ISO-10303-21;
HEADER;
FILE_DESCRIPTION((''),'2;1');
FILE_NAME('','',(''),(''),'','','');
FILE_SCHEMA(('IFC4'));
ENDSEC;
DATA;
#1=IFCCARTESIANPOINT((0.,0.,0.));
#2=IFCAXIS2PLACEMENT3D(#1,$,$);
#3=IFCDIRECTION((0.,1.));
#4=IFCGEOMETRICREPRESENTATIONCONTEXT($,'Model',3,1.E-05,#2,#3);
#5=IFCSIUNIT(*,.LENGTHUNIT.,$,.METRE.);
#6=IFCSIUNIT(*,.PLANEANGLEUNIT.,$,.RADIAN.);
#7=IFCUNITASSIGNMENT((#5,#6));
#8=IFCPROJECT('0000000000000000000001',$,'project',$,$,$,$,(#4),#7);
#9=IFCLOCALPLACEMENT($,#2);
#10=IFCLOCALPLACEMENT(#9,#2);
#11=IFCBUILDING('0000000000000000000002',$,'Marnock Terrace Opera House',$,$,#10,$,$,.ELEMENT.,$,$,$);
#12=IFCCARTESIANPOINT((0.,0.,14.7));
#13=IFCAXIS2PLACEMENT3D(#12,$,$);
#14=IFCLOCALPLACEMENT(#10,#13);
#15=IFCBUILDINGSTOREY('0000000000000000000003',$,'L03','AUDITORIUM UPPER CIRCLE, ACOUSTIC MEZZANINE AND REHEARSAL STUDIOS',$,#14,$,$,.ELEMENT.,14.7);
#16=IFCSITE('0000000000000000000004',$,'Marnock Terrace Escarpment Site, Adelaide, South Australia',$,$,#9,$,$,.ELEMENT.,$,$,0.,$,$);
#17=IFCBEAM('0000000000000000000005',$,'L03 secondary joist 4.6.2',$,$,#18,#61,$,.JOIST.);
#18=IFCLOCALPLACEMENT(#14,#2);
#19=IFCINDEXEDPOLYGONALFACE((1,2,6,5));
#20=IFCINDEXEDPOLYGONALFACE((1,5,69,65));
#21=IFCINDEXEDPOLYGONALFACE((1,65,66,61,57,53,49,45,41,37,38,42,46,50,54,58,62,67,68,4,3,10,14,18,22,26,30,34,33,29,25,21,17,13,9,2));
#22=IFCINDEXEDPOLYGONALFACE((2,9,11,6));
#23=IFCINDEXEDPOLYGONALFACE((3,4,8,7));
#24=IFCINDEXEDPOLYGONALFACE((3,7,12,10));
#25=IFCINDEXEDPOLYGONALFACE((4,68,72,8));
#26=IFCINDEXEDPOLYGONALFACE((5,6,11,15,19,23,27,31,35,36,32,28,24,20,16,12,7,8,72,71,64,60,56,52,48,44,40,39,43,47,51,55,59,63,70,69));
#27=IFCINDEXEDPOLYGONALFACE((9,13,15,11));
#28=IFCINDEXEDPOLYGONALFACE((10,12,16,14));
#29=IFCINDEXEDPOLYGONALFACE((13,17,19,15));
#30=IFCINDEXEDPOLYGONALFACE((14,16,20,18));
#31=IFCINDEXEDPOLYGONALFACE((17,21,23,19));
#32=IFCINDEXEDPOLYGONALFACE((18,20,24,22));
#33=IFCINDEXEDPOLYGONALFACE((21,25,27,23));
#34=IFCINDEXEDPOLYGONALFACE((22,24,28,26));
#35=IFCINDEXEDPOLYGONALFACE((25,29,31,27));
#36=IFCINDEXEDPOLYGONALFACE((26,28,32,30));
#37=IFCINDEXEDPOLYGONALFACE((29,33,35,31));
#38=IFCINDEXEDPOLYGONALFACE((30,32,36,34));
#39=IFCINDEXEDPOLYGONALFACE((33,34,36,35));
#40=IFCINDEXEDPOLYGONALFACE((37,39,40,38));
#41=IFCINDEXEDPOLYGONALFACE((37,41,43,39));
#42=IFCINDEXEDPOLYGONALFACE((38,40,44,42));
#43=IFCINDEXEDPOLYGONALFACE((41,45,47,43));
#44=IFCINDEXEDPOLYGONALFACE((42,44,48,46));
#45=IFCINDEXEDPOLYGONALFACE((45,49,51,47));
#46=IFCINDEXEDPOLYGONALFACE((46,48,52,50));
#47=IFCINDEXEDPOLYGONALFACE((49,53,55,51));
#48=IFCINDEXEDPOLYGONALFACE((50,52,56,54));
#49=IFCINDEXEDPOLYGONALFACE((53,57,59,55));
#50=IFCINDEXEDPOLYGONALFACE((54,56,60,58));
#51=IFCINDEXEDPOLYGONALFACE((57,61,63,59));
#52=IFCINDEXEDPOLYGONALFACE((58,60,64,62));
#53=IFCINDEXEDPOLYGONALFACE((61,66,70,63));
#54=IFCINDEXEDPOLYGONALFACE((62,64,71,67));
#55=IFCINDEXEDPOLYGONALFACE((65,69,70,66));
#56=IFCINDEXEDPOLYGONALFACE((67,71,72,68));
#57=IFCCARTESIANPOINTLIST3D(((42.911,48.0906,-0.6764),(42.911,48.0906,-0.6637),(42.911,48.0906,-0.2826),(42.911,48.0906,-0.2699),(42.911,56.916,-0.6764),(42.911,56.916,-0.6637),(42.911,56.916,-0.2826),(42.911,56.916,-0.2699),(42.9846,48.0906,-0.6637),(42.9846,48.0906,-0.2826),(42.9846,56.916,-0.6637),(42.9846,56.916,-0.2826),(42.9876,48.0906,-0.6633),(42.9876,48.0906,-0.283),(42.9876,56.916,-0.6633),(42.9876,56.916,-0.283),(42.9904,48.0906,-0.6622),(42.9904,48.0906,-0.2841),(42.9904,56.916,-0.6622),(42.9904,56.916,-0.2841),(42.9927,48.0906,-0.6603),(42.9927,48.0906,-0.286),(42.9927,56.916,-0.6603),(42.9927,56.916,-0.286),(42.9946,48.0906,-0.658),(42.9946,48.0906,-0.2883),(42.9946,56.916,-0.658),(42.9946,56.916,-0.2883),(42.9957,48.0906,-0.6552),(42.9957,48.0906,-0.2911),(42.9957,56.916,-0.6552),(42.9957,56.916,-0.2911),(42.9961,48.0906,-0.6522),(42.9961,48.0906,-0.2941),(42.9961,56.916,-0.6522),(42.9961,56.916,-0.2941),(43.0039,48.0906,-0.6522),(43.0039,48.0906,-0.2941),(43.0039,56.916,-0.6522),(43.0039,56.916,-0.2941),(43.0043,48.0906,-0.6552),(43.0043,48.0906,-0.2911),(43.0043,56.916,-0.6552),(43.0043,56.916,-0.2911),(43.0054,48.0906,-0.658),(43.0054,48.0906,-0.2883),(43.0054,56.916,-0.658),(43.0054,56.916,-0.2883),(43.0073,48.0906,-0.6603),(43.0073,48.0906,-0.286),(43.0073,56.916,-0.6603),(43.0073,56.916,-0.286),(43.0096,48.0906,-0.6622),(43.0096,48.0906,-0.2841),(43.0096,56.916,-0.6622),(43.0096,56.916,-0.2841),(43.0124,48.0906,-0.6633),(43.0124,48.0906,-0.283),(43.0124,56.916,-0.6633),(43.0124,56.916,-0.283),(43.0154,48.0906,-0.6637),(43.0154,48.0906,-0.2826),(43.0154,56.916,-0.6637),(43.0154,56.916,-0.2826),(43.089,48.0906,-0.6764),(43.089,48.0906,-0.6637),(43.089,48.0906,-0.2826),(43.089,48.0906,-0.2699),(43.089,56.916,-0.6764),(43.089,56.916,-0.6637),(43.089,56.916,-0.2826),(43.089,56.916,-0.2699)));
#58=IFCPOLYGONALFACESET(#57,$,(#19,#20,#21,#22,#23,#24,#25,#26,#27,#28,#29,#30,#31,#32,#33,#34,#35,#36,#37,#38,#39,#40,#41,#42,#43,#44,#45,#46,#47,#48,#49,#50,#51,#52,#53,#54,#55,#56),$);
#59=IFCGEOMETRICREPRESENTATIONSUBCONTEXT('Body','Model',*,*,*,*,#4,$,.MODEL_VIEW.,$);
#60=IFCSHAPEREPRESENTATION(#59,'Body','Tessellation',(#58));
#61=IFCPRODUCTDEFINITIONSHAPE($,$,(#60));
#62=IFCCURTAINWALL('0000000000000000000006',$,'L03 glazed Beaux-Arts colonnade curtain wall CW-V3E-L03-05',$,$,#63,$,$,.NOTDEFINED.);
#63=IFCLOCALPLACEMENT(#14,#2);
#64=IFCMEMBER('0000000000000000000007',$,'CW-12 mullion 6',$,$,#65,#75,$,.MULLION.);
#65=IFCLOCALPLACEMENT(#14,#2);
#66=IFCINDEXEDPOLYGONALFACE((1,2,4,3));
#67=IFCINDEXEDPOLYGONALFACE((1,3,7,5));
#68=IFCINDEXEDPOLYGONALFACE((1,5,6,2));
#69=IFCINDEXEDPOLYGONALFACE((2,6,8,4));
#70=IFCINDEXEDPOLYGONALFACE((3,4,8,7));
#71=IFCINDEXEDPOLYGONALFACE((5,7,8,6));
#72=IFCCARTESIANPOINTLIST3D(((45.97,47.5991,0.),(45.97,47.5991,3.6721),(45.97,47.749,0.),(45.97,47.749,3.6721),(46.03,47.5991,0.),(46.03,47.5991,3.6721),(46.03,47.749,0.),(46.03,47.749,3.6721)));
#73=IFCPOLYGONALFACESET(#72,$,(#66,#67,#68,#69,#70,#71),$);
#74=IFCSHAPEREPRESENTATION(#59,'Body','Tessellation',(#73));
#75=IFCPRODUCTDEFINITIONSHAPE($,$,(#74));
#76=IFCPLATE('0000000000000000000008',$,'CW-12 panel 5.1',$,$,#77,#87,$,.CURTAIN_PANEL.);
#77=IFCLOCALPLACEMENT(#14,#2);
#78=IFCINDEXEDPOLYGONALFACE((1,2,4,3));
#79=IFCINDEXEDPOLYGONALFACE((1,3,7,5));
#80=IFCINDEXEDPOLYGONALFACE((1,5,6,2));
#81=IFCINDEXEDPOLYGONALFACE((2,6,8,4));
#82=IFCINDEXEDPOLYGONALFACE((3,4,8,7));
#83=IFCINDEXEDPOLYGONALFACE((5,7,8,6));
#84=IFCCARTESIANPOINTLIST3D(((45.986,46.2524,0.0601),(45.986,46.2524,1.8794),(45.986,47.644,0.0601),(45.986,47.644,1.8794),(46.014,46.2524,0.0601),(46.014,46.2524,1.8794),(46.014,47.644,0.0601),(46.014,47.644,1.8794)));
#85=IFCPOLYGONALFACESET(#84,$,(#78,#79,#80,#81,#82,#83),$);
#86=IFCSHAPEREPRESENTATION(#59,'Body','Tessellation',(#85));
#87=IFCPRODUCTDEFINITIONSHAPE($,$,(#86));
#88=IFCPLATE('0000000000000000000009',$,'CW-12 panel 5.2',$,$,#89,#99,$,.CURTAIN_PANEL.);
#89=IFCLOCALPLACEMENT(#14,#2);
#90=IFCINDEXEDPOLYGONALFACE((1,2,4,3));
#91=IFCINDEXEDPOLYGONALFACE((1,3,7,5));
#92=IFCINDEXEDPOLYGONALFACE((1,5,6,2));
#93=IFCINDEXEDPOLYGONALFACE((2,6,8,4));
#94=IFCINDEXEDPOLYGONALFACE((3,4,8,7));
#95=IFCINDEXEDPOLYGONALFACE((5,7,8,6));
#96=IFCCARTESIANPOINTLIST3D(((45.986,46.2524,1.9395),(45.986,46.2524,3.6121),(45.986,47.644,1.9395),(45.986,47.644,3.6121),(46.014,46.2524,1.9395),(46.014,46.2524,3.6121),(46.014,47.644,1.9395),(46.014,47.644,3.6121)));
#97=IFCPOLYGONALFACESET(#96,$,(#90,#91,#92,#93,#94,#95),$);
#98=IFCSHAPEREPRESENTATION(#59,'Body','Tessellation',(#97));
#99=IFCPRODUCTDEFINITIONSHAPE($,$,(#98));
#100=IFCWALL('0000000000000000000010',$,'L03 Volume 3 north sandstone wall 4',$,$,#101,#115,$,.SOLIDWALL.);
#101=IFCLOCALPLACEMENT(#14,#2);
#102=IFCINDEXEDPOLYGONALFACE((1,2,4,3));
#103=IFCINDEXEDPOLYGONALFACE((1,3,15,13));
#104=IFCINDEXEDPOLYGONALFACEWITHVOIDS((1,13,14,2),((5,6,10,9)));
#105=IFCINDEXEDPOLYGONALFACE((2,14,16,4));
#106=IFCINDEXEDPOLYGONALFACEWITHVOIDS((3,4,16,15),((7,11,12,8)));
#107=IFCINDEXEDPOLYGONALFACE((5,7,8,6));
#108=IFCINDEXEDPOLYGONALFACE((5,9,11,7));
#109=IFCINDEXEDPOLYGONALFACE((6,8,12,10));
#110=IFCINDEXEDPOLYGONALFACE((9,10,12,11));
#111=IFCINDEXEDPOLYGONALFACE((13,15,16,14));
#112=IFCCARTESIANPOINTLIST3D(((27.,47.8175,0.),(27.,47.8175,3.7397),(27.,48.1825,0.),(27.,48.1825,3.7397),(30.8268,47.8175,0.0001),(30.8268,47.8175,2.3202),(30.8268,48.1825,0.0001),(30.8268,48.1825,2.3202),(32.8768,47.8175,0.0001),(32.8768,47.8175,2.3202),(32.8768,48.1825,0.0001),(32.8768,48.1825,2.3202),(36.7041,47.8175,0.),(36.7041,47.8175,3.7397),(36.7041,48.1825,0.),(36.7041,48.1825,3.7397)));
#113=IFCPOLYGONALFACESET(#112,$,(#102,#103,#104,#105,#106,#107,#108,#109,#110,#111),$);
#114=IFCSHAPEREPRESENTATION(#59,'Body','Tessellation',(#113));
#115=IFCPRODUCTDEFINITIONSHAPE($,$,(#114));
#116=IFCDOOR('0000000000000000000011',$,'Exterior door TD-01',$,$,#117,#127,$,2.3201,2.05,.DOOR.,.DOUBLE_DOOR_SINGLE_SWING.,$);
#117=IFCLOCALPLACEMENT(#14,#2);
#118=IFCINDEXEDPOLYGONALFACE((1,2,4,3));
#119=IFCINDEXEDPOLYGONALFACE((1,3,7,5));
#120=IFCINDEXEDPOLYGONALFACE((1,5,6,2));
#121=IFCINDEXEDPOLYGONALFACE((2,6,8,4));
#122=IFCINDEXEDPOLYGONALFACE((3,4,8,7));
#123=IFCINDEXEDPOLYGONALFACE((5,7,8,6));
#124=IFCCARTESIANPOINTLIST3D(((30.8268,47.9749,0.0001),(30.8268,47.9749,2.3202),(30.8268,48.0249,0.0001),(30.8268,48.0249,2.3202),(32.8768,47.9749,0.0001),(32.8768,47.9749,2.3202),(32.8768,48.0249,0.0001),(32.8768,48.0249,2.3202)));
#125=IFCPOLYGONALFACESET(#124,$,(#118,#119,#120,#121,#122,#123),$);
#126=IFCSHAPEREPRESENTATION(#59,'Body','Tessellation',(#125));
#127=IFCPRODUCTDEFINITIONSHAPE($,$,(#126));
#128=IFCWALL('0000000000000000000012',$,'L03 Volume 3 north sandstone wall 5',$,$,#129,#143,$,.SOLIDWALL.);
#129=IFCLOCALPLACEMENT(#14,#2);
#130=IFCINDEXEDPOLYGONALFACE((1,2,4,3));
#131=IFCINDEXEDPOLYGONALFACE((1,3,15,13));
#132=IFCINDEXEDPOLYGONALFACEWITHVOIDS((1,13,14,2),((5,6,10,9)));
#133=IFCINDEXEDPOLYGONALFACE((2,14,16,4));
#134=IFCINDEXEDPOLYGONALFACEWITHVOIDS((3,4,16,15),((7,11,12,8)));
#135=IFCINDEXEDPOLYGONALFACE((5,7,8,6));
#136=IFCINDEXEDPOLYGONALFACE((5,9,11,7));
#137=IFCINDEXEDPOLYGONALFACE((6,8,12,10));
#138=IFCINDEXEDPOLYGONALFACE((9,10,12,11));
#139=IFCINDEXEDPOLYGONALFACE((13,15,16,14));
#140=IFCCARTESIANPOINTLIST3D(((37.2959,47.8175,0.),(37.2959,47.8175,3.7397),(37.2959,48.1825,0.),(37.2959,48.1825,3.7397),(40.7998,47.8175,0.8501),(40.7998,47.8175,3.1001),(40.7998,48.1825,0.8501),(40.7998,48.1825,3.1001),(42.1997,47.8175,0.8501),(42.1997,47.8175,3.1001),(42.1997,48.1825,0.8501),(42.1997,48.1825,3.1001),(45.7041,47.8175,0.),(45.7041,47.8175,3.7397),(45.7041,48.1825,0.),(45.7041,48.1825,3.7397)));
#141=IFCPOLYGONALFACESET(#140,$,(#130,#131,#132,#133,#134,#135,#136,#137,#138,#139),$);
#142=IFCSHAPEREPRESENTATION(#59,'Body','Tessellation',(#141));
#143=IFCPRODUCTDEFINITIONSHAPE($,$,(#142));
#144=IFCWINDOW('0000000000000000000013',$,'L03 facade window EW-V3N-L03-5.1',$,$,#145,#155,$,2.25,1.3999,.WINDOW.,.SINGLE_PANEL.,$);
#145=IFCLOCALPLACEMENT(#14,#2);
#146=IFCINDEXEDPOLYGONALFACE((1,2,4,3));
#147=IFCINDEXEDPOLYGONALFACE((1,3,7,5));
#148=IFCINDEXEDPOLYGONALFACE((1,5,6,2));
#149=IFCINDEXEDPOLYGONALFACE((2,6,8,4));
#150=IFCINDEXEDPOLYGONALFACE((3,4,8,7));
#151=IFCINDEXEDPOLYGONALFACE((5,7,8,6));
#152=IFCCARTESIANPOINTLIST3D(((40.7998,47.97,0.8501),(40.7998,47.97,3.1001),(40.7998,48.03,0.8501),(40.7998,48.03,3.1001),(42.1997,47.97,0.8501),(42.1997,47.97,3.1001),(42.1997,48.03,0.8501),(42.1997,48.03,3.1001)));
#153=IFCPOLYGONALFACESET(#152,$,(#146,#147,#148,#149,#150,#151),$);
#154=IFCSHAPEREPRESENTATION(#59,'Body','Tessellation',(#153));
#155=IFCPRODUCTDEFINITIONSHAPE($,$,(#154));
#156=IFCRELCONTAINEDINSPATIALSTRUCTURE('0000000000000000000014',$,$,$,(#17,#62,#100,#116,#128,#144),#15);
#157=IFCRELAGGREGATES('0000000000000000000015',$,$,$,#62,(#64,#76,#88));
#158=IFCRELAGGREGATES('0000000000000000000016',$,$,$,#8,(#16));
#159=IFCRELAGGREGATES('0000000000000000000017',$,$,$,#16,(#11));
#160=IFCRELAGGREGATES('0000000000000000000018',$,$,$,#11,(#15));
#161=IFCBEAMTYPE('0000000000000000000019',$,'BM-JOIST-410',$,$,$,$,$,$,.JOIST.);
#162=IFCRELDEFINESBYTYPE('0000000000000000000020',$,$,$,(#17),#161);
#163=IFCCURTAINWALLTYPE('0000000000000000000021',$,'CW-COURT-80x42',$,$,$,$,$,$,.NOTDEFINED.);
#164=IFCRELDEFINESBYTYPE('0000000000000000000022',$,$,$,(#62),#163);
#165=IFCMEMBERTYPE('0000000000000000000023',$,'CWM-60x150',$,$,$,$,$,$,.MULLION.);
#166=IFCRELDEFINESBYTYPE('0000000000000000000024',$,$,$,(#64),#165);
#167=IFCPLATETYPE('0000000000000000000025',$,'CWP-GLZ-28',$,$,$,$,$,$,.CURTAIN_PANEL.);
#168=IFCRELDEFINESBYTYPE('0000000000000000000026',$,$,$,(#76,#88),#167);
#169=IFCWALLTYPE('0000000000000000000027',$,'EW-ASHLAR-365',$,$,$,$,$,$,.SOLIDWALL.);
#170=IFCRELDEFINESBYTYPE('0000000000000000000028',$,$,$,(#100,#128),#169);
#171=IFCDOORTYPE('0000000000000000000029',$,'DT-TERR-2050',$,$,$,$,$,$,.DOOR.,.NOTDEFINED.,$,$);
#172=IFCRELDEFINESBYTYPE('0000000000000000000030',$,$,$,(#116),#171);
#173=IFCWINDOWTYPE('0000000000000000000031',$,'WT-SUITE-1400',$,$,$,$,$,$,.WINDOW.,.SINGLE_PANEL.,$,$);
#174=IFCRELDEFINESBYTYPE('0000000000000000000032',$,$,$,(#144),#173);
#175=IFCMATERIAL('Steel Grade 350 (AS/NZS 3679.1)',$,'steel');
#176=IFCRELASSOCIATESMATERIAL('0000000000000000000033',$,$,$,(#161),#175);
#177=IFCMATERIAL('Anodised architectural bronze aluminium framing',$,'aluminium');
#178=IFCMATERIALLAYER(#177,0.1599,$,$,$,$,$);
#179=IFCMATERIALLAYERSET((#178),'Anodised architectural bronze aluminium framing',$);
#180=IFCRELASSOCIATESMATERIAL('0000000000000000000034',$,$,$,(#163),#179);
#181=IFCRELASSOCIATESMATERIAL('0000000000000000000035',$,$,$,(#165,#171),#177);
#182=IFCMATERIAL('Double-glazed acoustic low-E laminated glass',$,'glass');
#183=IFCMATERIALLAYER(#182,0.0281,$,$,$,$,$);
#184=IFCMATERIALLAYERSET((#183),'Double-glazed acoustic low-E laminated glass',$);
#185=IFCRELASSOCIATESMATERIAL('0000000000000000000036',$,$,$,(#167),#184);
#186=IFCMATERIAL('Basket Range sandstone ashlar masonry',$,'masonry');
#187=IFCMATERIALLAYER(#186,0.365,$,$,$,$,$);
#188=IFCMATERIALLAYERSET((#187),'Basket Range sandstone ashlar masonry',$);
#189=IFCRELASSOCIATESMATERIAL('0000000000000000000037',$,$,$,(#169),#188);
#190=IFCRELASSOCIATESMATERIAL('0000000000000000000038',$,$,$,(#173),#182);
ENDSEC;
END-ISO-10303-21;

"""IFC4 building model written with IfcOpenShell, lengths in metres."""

from ifc_helpers import new_model, si_unit, direction, frame, frame_2d, origin, origin_2d, place, context, subcontext, project, spatial, rectangle, i_section, extrude, material, layer, layer_set, material_profile, profile_set, type_object, element, fill, aggregate, save


model = new_model("IFC4")

# Units and contexts
model_context = context("Model", 3, precision=1e-05, world=origin(), true_north=direction((0.0, 1.0)))
body_context = subcontext(model_context, "Body", "Model", "MODEL_VIEW")
ifc_project = project(units=[si_unit("LENGTHUNIT", "METRE"), si_unit("PLANEANGLEUNIT", "RADIAN")], contexts=[model_context])

# Site, building, storey
site_placement = place(None, origin())
site = spatial("IfcSite", under=ifc_project, at=site_placement, Name="Marnock Terrace Escarpment Site, Adelaide, South Australia", CompositionType="ELEMENT", RefElevation=0.0)
building_placement = place(site_placement, origin())
building = spatial("IfcBuilding", under=site, at=building_placement, Name="Marnock Terrace Opera House", CompositionType="ELEMENT")
storey_placement = place(building_placement, frame((0.0, 0.0, 14.7)))
storey = spatial("IfcBuildingStorey", under=building, at=storey_placement, Name="L03", Description="AUDITORIUM UPPER CIRCLE, ACOUSTIC MEZZANINE AND REHEARSAL STUDIOS", CompositionType="ELEMENT", Elevation=14.7)

# Shared definitions
ifc_material_1 = material(Name="Steel Grade 350 (AS/NZS 3679.1)", Category="steel")

# Beam
ifc_material_profile_1 = material_profile(ifc_material_1, i_section(OverallWidth=0.178, OverallDepth=0.4065, WebThickness=0.0078, FlangeThickness=0.0127, FilletRadius=0.0115, at=origin_2d()))
ifc_profile_set_1 = profile_set([ifc_material_profile_1], Name="Steel Grade 350 (AS/NZS 3679.1)")
beam_type_1 = type_object("IfcBeamType", Name="BM-JOIST-410", PredefinedType="JOIST", material=ifc_profile_set_1)
for number, where, z_axis, x_axis, name in (
    (1, (43.0, 48.0906, -0.4731), (0.0, 1.0, 0.0), (-1.0, 0.0, 0.0), "L03 secondary joist 4.6.2"),
):
    element("IfcBeam", number, at=place(storey_placement, frame(where, z_axis=z_axis, x_axis=x_axis)), inside=storey, type_object=beam_type_1, Name=name, PredefinedType="JOIST", context=body_context, shape_type="SweptSolid", body=[
        extrude(i_section(OverallWidth=0.178, OverallDepth=0.4065, WebThickness=0.0078, FlangeThickness=0.0127, FilletRadius=0.0115, at=origin_2d()), origin(), (0.0, 0.0, 1.0), 8.8254),
    ])

# Curtain wall, member, plates
ifc_material_2 = material(Name="Anodised architectural bronze aluminium framing", Category="aluminium")
ifc_layer_1 = layer(ifc_material_2, 0.1599)
ifc_layer_set_1 = layer_set([ifc_layer_1], Name="Anodised architectural bronze aluminium framing")
curtain_wall_type = type_object("IfcCurtainWallType", Name="CW-COURT-80x42", PredefinedType="NOTDEFINED", material=ifc_layer_set_1)
curtain_wall_placement = place(storey_placement, origin())
curtain_wall = element("IfcCurtainWall", 2, at=curtain_wall_placement, inside=storey, type_object=curtain_wall_type, Name="L03 glazed Beaux-Arts colonnade curtain wall CW-V3E-L03-05", PredefinedType="NOTDEFINED")
ifc_material_profile_2 = material_profile(ifc_material_2, rectangle(XDim=0.0601, YDim=0.1499, at=origin_2d()))
ifc_profile_set_2 = profile_set([ifc_material_profile_2], Name="Anodised architectural bronze aluminium framing")
member_type = type_object("IfcMemberType", Name="CWM-60x150", PredefinedType="MULLION", material=ifc_profile_set_2)
member_placement = place(storey_placement, frame((46.0, 47.6741, 0.0), z_axis=(0.0, 0.0, 1.0), x_axis=(-1.0, 0.0, 0.0)))
member = element("IfcMember", 3, at=member_placement, type_object=member_type, Name="CW-12 mullion 6", PredefinedType="MULLION", context=body_context, shape_type="SweptSolid", body=[
    extrude(rectangle(XDim=0.0601, YDim=0.1499, at=origin_2d()), origin(), (0.0, 0.0, 1.0), 3.6721),
])
ifc_material_3 = material(Name="Double-glazed acoustic low-E laminated glass", Category="glass")
ifc_layer_2 = layer(ifc_material_3, 0.0281)
ifc_layer_set_2 = layer_set([ifc_layer_2], Name="Double-glazed acoustic low-E laminated glass")
plate_type = type_object("IfcPlateType", Name="CWP-GLZ-28", PredefinedType="CURTAIN_PANEL", material=ifc_layer_set_2)
plate_1_placement = place(storey_placement, frame((46.0, 46.9482, 0.0601), z_axis=(0.0, 0.0, 1.0), x_axis=(0.0, 1.0, 0.0)))
plate_1 = element("IfcPlate", 4, at=plate_1_placement, type_object=plate_type, Name="CW-12 panel 5.1", PredefinedType="CURTAIN_PANEL", context=body_context, shape_type="SweptSolid", body=[
    extrude(rectangle(XDim=1.3916, YDim=0.0281, at=origin_2d()), origin(), (0.0, 0.0, 1.0), 1.8193),
])
plate_2_placement = place(storey_placement, frame((46.0, 46.9482, 1.9395), z_axis=(0.0, 0.0, 1.0), x_axis=(0.0, 1.0, 0.0)))
plate_2 = element("IfcPlate", 5, at=plate_2_placement, type_object=plate_type, Name="CW-12 panel 5.2", PredefinedType="CURTAIN_PANEL", context=body_context, shape_type="SweptSolid", body=[
    extrude(rectangle(XDim=1.3916, YDim=0.0281, at=origin_2d()), origin(), (0.0, 0.0, 1.0), 1.6726),
])
aggregate(curtain_wall, [member, plate_1, plate_2])

# Wall, opening, door
ifc_material_4 = material(Name="Basket Range sandstone ashlar masonry", Category="masonry")
ifc_layer_3 = layer(ifc_material_4, 0.365)
ifc_layer_set_3 = layer_set([ifc_layer_3], Name="Basket Range sandstone ashlar masonry")
wall_type = type_object("IfcWallType", Name="EW-ASHLAR-365", PredefinedType="SOLIDWALL", material=ifc_layer_set_3)
wall_1_placement = place(storey_placement, frame((27.0, 48.0, 0.0), z_axis=(0.0, 0.0, 1.0), x_axis=(1.0, 0.0, 0.0)))
wall_1 = element("IfcWall", 6, at=wall_1_placement, inside=storey, type_object=wall_type, Name="L03 Volume 3 north sandstone wall 4", PredefinedType="SOLIDWALL", context=body_context, shape_type="SweptSolid", body=[
    extrude(rectangle(XDim=9.7041, YDim=0.365, at=frame_2d((4.8521, 0.0))), origin(), (0.0, 0.0, 1.0), 3.7397),
])
opening_1_placement = place(wall_1_placement, frame((3.8269, 0.0, 0.0)))
opening_1 = element("IfcOpeningElement", 7, at=opening_1_placement, cuts=wall_1, PredefinedType="OPENING", context=body_context, shape_type="SweptSolid", body=[
    extrude(rectangle(XDim=2.05, YDim=2.3201, at=frame_2d((1.0249, 1.1602))), frame((0.0, 0.1924, 0.0), z_axis=(0.0, -1.0, 0.0), x_axis=(1.0, 0.0, 0.0)), (0.0, 0.0, 1.0), 0.385),
])
door_type = type_object("IfcDoorType", Name="DT-TERR-2050", OperationType="NOTDEFINED", PredefinedType="DOOR", material=ifc_material_2)
door_placement = place(opening_1_placement, origin())
door = element("IfcDoor", 8, at=door_placement, inside=storey, type_object=door_type, Name="Exterior door TD-01", OperationType="DOUBLE_DOOR_SINGLE_SWING", OverallHeight=2.3201, OverallWidth=2.05, PredefinedType="DOOR", context=body_context, shape_type="SweptSolid", body=[
    extrude(rectangle(XDim=2.05, YDim=2.3201, at=frame_2d((1.0249, 1.1602))), frame((0.0, 0.0249, 0.0), z_axis=(0.0, -1.0, 0.0), x_axis=(1.0, 0.0, 0.0)), (0.0, 0.0, 1.0), 0.05),
])
fill(opening_1, door)

# Wall, opening, window
wall_2_placement = place(storey_placement, frame((37.2959, 48.0, 0.0), z_axis=(0.0, 0.0, 1.0), x_axis=(1.0, 0.0, 0.0)))
wall_2 = element("IfcWall", 9, at=wall_2_placement, inside=storey, type_object=wall_type, Name="L03 Volume 3 north sandstone wall 5", PredefinedType="SOLIDWALL", context=body_context, shape_type="SweptSolid", body=[
    extrude(rectangle(XDim=8.4082, YDim=0.365, at=frame_2d((4.2041, 0.0))), origin(), (0.0, 0.0, 1.0), 3.7397),
])
opening_2_placement = place(wall_2_placement, frame((3.5039, 0.0, 0.8501)))
opening_2 = element("IfcOpeningElement", 10, at=opening_2_placement, cuts=wall_2, PredefinedType="OPENING", context=body_context, shape_type="SweptSolid", body=[
    extrude(rectangle(XDim=1.3999, YDim=2.25, at=frame_2d((0.7, 1.125))), frame((0.0, 0.1924, 0.0), z_axis=(0.0, -1.0, 0.0), x_axis=(1.0, 0.0, 0.0)), (0.0, 0.0, 1.0), 0.385),
])
window_type = type_object("IfcWindowType", Name="WT-SUITE-1400", PartitioningType="SINGLE_PANEL", PredefinedType="WINDOW", material=ifc_material_3)
window_placement = place(opening_2_placement, origin())
window = element("IfcWindow", 11, at=window_placement, inside=storey, type_object=window_type, Name="L03 facade window EW-V3N-L03-5.1", OverallHeight=2.25, OverallWidth=1.3999, PartitioningType="SINGLE_PANEL", PredefinedType="WINDOW", context=body_context, shape_type="SweptSolid", body=[
    extrude(rectangle(XDim=1.3999, YDim=2.25, at=frame_2d((0.7, 1.125))), frame((0.0, 0.03, 0.0), z_axis=(0.0, -1.0, 0.0), x_axis=(1.0, 0.0, 0.0)), (0.0, 0.0, 1.0), 0.0601),
])
fill(opening_2, window)

save(model, "model.ifc")
